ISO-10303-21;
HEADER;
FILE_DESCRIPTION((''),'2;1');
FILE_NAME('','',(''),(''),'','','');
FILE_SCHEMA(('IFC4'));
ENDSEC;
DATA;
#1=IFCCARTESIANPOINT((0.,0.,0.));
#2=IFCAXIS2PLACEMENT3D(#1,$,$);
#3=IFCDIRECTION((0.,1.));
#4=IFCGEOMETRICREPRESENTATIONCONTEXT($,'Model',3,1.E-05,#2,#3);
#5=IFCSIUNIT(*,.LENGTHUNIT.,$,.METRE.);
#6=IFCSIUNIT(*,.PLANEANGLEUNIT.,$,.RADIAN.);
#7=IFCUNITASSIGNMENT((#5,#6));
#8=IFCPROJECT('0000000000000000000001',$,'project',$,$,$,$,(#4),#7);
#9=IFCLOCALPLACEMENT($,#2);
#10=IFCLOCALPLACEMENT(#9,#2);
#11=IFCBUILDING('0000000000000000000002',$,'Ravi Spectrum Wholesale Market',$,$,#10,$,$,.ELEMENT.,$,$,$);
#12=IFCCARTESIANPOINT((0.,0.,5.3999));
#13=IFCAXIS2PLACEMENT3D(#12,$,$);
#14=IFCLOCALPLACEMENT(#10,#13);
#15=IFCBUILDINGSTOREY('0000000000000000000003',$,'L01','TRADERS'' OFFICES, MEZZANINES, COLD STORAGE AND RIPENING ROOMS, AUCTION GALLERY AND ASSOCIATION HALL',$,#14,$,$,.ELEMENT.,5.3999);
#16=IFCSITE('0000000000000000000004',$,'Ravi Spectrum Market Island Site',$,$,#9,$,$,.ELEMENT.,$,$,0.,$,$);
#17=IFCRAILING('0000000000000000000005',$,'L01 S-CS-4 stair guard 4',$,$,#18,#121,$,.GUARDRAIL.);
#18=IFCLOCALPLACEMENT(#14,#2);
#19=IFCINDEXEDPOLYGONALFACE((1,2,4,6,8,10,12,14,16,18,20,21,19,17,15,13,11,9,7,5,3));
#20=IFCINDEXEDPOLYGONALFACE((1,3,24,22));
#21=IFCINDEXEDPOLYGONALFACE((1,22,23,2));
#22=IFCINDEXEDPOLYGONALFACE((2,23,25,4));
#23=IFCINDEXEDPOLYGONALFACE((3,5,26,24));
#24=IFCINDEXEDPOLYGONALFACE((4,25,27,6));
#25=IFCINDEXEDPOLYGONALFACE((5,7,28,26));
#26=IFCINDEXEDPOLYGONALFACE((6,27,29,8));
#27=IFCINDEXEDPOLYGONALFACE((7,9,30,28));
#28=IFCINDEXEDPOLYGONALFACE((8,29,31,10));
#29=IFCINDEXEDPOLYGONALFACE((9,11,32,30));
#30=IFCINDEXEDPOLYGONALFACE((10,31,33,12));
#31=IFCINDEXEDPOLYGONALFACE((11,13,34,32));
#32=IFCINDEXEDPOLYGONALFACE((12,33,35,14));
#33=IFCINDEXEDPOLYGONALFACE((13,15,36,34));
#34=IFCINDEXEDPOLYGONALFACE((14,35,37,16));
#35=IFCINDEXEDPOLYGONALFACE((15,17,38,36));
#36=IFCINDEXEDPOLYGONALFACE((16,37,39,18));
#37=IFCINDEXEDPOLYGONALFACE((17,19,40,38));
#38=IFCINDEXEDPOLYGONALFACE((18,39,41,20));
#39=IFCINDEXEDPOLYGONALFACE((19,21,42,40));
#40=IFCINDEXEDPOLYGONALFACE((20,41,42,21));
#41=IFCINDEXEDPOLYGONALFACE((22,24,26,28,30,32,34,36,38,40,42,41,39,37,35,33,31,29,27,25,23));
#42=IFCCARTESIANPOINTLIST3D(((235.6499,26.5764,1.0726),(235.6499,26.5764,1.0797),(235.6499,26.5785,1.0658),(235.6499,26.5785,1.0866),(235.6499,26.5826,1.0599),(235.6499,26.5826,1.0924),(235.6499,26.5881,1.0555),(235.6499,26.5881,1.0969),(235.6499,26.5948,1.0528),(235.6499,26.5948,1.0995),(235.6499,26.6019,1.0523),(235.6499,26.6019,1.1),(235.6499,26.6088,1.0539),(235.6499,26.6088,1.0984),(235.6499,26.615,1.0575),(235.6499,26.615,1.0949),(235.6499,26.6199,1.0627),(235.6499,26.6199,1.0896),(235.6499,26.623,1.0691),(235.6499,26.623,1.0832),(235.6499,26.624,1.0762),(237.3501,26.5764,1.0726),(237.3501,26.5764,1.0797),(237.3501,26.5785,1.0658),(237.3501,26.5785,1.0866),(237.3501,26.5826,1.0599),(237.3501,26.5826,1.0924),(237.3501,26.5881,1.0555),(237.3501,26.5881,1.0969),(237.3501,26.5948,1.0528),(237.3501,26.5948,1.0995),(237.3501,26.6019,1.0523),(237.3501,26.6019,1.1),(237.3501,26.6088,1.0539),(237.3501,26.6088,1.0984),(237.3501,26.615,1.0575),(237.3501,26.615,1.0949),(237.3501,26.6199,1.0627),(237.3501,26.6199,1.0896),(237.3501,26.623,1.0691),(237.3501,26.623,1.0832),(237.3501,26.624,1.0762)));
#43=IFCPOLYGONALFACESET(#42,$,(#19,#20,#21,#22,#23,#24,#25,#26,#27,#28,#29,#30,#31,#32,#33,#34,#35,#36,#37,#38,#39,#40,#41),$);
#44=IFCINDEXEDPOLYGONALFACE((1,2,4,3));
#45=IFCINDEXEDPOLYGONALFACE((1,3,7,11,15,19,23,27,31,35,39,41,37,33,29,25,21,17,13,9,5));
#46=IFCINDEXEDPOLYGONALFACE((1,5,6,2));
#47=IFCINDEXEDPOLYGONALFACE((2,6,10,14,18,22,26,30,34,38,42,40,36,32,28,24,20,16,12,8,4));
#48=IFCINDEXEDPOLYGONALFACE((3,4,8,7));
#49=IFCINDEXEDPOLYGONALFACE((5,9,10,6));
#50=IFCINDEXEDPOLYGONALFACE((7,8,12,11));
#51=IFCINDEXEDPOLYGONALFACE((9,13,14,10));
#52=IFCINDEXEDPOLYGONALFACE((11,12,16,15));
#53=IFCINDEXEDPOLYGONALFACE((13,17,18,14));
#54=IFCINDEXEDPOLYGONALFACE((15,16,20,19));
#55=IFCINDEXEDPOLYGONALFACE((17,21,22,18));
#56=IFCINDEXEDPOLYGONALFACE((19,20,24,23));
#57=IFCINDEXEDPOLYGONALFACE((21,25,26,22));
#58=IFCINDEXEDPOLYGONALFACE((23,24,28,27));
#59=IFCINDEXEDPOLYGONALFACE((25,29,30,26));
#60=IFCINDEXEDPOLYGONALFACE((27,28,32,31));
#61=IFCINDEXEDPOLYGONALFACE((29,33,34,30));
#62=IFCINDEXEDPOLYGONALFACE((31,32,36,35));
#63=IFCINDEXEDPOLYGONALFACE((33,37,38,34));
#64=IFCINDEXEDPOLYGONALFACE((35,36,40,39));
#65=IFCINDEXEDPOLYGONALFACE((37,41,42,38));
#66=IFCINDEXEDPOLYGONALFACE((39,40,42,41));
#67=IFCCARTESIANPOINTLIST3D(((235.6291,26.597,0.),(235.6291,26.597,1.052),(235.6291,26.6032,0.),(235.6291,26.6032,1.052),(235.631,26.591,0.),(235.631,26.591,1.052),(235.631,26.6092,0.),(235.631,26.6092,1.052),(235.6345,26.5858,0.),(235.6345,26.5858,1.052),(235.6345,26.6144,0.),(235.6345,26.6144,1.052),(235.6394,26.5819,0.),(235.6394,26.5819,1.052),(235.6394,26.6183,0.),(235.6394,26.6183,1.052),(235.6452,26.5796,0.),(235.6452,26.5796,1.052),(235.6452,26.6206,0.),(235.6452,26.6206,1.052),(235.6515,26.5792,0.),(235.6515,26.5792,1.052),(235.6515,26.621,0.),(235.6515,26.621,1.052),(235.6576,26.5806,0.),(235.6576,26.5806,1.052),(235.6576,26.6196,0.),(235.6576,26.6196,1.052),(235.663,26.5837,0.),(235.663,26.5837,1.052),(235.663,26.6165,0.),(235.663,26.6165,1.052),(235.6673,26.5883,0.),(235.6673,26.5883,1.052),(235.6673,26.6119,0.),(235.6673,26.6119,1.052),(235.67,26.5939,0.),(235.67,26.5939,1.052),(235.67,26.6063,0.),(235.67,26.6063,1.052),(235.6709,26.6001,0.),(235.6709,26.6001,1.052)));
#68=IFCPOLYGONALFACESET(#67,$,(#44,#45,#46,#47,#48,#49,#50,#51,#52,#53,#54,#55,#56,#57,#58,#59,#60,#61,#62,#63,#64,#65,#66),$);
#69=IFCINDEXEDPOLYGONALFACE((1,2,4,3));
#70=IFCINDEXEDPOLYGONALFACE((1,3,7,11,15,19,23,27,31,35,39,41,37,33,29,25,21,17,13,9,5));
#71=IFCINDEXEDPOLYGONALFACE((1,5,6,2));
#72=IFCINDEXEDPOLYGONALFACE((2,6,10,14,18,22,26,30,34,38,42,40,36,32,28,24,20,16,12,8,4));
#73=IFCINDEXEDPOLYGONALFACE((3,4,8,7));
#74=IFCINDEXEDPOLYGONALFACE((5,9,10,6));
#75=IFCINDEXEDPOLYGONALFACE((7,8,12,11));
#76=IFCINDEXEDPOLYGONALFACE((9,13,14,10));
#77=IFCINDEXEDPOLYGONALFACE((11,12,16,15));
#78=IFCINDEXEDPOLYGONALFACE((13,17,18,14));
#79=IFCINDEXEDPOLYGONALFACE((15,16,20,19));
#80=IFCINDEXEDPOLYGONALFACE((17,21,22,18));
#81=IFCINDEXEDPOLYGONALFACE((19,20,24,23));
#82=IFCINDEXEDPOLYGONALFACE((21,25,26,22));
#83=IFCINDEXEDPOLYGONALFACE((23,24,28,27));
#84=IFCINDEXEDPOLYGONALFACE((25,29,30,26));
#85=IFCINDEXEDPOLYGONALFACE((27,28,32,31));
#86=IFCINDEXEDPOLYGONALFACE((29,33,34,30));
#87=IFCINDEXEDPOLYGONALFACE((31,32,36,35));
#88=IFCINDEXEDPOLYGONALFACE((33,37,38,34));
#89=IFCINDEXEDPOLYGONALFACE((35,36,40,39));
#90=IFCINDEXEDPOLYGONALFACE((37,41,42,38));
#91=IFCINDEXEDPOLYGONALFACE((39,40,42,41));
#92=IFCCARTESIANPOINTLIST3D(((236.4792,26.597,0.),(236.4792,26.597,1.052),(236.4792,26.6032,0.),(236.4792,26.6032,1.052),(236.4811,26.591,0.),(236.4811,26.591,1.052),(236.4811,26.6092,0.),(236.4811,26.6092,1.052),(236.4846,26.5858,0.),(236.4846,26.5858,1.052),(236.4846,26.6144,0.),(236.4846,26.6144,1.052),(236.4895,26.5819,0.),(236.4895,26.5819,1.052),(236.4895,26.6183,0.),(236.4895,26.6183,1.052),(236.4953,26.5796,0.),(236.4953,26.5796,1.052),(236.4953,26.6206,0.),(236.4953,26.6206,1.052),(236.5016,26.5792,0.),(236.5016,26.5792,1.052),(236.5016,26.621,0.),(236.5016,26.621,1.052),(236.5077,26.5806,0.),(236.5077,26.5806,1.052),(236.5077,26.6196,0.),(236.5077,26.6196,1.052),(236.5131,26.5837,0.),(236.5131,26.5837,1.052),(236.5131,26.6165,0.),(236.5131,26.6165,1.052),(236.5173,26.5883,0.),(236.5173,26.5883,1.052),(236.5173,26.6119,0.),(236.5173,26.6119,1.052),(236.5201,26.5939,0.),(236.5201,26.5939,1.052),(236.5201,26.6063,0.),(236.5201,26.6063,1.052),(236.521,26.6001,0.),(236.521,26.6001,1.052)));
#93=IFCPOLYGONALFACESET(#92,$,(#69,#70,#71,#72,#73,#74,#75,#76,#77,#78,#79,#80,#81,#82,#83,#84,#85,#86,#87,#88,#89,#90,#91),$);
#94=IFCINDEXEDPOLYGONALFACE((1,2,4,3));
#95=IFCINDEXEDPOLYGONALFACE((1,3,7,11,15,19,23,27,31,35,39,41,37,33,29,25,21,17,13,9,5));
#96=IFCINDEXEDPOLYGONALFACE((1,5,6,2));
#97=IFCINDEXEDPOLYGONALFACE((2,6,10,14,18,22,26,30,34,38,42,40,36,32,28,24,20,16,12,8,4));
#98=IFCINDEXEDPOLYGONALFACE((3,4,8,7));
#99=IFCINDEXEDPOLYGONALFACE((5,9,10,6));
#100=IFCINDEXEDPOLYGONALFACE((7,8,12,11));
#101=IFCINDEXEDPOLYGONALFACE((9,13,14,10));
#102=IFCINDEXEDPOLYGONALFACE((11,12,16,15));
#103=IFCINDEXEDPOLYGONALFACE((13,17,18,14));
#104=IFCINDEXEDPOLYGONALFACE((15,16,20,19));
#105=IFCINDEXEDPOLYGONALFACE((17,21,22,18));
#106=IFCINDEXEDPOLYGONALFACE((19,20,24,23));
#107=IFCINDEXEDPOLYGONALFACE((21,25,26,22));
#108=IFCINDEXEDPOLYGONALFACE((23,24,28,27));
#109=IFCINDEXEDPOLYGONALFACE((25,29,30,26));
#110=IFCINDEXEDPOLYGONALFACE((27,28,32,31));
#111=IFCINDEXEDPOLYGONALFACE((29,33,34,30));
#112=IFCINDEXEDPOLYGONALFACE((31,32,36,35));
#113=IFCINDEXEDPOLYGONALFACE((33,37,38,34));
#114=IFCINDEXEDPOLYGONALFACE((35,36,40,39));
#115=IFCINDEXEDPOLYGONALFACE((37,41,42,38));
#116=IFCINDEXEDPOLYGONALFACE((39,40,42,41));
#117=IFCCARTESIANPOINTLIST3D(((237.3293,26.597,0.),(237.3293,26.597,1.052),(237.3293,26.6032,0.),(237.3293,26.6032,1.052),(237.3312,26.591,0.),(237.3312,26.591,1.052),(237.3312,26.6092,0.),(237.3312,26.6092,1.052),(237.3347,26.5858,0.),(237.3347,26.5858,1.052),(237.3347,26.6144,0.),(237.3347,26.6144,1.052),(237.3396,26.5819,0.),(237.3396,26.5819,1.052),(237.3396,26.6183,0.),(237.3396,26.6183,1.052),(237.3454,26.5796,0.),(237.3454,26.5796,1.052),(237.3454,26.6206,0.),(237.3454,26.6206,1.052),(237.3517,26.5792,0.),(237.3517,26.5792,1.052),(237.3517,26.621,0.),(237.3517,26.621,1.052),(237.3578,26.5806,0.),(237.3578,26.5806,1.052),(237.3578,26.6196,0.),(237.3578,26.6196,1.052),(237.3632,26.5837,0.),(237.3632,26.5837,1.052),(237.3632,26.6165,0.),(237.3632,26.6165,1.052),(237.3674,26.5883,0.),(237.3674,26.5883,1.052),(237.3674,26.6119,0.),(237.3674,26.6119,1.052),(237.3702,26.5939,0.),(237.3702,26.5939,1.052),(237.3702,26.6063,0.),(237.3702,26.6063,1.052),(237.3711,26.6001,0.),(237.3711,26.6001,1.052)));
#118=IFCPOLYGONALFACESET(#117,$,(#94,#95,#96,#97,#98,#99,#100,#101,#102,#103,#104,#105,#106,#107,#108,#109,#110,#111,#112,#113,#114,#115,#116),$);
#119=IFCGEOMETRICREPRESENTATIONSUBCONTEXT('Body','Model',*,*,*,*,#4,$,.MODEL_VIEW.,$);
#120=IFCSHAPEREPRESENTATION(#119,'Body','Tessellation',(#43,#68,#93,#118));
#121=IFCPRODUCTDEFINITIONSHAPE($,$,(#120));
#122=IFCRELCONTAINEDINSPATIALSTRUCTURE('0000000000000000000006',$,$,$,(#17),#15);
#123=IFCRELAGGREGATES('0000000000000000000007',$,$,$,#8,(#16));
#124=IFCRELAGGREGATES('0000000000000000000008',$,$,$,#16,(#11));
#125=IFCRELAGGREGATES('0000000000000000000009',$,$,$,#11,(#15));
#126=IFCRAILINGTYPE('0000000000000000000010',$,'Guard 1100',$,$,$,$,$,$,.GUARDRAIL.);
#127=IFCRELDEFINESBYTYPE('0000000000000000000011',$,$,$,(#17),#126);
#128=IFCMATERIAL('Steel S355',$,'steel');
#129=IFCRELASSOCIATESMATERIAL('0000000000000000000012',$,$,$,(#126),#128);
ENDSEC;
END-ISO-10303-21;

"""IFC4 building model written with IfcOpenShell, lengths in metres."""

from ifc_helpers import new_model, si_unit, direction, frame, origin, origin_2d, place, context, subcontext, project, spatial, circle, extrude, material, type_object, element, save


model = new_model("IFC4")

# Units and contexts
model_context = context("Model", 3, precision=1e-05, world=origin(), true_north=direction((0.0, 1.0)))
body_context = subcontext(model_context, "Body", "Model", "MODEL_VIEW")
ifc_project = project(units=[si_unit("LENGTHUNIT", "METRE"), si_unit("PLANEANGLEUNIT", "RADIAN")], contexts=[model_context])

# Site, building, storey
site_placement = place(None, origin())
site = spatial("IfcSite", under=ifc_project, at=site_placement, Name="Ravi Spectrum Market Island Site", CompositionType="ELEMENT", RefElevation=0.0)
building_placement = place(site_placement, origin())
building = spatial("IfcBuilding", under=site, at=building_placement, Name="Ravi Spectrum Wholesale Market", CompositionType="ELEMENT")
storey_placement = place(building_placement, frame((0.0, 0.0, 5.3999)))
storey = spatial("IfcBuildingStorey", under=building, at=storey_placement, Name="L01", Description="TRADERS' OFFICES, MEZZANINES, COLD STORAGE AND RIPENING ROOMS, AUCTION GALLERY AND ASSOCIATION HALL", CompositionType="ELEMENT", Elevation=5.3999)

# Railing
ifc_material_1 = material(Name="Steel S355", Category="steel")
railing_type_1 = type_object("IfcRailingType", Name="Guard 1100", PredefinedType="GUARDRAIL", material=ifc_material_1)
railing_1_placement = place(storey_placement, frame((235.6499, 26.6001, 0.0)))
element("IfcRailing", 1, at=railing_1_placement, inside=storey, type_object=railing_type_1, Name="L01 S-CS-4 stair guard 4", PredefinedType="GUARDRAIL", context=body_context, shape_type="SweptSolid", body=[
    extrude(circle(Radius=0.0239, at=origin_2d()), frame((0.0, 0.0, 1.0762), z_axis=(1.0, 0.0, 0.0), x_axis=(0.0, 1.0, 0.0)), (0.0, 0.0, 1.0), 1.7002),
    extrude(circle(Radius=0.021, at=origin_2d()), origin(), (0.0, 0.0, 1.0), 1.052),
    extrude(circle(Radius=0.021, at=origin_2d()), frame((0.8501, 0.0, 0.0)), (0.0, 0.0, 1.0), 1.052),
    extrude(circle(Radius=0.021, at=origin_2d()), frame((1.7002, 0.0, 0.0)), (0.0, 0.0, 1.0), 1.052),
])

save(model, "model.ifc")
